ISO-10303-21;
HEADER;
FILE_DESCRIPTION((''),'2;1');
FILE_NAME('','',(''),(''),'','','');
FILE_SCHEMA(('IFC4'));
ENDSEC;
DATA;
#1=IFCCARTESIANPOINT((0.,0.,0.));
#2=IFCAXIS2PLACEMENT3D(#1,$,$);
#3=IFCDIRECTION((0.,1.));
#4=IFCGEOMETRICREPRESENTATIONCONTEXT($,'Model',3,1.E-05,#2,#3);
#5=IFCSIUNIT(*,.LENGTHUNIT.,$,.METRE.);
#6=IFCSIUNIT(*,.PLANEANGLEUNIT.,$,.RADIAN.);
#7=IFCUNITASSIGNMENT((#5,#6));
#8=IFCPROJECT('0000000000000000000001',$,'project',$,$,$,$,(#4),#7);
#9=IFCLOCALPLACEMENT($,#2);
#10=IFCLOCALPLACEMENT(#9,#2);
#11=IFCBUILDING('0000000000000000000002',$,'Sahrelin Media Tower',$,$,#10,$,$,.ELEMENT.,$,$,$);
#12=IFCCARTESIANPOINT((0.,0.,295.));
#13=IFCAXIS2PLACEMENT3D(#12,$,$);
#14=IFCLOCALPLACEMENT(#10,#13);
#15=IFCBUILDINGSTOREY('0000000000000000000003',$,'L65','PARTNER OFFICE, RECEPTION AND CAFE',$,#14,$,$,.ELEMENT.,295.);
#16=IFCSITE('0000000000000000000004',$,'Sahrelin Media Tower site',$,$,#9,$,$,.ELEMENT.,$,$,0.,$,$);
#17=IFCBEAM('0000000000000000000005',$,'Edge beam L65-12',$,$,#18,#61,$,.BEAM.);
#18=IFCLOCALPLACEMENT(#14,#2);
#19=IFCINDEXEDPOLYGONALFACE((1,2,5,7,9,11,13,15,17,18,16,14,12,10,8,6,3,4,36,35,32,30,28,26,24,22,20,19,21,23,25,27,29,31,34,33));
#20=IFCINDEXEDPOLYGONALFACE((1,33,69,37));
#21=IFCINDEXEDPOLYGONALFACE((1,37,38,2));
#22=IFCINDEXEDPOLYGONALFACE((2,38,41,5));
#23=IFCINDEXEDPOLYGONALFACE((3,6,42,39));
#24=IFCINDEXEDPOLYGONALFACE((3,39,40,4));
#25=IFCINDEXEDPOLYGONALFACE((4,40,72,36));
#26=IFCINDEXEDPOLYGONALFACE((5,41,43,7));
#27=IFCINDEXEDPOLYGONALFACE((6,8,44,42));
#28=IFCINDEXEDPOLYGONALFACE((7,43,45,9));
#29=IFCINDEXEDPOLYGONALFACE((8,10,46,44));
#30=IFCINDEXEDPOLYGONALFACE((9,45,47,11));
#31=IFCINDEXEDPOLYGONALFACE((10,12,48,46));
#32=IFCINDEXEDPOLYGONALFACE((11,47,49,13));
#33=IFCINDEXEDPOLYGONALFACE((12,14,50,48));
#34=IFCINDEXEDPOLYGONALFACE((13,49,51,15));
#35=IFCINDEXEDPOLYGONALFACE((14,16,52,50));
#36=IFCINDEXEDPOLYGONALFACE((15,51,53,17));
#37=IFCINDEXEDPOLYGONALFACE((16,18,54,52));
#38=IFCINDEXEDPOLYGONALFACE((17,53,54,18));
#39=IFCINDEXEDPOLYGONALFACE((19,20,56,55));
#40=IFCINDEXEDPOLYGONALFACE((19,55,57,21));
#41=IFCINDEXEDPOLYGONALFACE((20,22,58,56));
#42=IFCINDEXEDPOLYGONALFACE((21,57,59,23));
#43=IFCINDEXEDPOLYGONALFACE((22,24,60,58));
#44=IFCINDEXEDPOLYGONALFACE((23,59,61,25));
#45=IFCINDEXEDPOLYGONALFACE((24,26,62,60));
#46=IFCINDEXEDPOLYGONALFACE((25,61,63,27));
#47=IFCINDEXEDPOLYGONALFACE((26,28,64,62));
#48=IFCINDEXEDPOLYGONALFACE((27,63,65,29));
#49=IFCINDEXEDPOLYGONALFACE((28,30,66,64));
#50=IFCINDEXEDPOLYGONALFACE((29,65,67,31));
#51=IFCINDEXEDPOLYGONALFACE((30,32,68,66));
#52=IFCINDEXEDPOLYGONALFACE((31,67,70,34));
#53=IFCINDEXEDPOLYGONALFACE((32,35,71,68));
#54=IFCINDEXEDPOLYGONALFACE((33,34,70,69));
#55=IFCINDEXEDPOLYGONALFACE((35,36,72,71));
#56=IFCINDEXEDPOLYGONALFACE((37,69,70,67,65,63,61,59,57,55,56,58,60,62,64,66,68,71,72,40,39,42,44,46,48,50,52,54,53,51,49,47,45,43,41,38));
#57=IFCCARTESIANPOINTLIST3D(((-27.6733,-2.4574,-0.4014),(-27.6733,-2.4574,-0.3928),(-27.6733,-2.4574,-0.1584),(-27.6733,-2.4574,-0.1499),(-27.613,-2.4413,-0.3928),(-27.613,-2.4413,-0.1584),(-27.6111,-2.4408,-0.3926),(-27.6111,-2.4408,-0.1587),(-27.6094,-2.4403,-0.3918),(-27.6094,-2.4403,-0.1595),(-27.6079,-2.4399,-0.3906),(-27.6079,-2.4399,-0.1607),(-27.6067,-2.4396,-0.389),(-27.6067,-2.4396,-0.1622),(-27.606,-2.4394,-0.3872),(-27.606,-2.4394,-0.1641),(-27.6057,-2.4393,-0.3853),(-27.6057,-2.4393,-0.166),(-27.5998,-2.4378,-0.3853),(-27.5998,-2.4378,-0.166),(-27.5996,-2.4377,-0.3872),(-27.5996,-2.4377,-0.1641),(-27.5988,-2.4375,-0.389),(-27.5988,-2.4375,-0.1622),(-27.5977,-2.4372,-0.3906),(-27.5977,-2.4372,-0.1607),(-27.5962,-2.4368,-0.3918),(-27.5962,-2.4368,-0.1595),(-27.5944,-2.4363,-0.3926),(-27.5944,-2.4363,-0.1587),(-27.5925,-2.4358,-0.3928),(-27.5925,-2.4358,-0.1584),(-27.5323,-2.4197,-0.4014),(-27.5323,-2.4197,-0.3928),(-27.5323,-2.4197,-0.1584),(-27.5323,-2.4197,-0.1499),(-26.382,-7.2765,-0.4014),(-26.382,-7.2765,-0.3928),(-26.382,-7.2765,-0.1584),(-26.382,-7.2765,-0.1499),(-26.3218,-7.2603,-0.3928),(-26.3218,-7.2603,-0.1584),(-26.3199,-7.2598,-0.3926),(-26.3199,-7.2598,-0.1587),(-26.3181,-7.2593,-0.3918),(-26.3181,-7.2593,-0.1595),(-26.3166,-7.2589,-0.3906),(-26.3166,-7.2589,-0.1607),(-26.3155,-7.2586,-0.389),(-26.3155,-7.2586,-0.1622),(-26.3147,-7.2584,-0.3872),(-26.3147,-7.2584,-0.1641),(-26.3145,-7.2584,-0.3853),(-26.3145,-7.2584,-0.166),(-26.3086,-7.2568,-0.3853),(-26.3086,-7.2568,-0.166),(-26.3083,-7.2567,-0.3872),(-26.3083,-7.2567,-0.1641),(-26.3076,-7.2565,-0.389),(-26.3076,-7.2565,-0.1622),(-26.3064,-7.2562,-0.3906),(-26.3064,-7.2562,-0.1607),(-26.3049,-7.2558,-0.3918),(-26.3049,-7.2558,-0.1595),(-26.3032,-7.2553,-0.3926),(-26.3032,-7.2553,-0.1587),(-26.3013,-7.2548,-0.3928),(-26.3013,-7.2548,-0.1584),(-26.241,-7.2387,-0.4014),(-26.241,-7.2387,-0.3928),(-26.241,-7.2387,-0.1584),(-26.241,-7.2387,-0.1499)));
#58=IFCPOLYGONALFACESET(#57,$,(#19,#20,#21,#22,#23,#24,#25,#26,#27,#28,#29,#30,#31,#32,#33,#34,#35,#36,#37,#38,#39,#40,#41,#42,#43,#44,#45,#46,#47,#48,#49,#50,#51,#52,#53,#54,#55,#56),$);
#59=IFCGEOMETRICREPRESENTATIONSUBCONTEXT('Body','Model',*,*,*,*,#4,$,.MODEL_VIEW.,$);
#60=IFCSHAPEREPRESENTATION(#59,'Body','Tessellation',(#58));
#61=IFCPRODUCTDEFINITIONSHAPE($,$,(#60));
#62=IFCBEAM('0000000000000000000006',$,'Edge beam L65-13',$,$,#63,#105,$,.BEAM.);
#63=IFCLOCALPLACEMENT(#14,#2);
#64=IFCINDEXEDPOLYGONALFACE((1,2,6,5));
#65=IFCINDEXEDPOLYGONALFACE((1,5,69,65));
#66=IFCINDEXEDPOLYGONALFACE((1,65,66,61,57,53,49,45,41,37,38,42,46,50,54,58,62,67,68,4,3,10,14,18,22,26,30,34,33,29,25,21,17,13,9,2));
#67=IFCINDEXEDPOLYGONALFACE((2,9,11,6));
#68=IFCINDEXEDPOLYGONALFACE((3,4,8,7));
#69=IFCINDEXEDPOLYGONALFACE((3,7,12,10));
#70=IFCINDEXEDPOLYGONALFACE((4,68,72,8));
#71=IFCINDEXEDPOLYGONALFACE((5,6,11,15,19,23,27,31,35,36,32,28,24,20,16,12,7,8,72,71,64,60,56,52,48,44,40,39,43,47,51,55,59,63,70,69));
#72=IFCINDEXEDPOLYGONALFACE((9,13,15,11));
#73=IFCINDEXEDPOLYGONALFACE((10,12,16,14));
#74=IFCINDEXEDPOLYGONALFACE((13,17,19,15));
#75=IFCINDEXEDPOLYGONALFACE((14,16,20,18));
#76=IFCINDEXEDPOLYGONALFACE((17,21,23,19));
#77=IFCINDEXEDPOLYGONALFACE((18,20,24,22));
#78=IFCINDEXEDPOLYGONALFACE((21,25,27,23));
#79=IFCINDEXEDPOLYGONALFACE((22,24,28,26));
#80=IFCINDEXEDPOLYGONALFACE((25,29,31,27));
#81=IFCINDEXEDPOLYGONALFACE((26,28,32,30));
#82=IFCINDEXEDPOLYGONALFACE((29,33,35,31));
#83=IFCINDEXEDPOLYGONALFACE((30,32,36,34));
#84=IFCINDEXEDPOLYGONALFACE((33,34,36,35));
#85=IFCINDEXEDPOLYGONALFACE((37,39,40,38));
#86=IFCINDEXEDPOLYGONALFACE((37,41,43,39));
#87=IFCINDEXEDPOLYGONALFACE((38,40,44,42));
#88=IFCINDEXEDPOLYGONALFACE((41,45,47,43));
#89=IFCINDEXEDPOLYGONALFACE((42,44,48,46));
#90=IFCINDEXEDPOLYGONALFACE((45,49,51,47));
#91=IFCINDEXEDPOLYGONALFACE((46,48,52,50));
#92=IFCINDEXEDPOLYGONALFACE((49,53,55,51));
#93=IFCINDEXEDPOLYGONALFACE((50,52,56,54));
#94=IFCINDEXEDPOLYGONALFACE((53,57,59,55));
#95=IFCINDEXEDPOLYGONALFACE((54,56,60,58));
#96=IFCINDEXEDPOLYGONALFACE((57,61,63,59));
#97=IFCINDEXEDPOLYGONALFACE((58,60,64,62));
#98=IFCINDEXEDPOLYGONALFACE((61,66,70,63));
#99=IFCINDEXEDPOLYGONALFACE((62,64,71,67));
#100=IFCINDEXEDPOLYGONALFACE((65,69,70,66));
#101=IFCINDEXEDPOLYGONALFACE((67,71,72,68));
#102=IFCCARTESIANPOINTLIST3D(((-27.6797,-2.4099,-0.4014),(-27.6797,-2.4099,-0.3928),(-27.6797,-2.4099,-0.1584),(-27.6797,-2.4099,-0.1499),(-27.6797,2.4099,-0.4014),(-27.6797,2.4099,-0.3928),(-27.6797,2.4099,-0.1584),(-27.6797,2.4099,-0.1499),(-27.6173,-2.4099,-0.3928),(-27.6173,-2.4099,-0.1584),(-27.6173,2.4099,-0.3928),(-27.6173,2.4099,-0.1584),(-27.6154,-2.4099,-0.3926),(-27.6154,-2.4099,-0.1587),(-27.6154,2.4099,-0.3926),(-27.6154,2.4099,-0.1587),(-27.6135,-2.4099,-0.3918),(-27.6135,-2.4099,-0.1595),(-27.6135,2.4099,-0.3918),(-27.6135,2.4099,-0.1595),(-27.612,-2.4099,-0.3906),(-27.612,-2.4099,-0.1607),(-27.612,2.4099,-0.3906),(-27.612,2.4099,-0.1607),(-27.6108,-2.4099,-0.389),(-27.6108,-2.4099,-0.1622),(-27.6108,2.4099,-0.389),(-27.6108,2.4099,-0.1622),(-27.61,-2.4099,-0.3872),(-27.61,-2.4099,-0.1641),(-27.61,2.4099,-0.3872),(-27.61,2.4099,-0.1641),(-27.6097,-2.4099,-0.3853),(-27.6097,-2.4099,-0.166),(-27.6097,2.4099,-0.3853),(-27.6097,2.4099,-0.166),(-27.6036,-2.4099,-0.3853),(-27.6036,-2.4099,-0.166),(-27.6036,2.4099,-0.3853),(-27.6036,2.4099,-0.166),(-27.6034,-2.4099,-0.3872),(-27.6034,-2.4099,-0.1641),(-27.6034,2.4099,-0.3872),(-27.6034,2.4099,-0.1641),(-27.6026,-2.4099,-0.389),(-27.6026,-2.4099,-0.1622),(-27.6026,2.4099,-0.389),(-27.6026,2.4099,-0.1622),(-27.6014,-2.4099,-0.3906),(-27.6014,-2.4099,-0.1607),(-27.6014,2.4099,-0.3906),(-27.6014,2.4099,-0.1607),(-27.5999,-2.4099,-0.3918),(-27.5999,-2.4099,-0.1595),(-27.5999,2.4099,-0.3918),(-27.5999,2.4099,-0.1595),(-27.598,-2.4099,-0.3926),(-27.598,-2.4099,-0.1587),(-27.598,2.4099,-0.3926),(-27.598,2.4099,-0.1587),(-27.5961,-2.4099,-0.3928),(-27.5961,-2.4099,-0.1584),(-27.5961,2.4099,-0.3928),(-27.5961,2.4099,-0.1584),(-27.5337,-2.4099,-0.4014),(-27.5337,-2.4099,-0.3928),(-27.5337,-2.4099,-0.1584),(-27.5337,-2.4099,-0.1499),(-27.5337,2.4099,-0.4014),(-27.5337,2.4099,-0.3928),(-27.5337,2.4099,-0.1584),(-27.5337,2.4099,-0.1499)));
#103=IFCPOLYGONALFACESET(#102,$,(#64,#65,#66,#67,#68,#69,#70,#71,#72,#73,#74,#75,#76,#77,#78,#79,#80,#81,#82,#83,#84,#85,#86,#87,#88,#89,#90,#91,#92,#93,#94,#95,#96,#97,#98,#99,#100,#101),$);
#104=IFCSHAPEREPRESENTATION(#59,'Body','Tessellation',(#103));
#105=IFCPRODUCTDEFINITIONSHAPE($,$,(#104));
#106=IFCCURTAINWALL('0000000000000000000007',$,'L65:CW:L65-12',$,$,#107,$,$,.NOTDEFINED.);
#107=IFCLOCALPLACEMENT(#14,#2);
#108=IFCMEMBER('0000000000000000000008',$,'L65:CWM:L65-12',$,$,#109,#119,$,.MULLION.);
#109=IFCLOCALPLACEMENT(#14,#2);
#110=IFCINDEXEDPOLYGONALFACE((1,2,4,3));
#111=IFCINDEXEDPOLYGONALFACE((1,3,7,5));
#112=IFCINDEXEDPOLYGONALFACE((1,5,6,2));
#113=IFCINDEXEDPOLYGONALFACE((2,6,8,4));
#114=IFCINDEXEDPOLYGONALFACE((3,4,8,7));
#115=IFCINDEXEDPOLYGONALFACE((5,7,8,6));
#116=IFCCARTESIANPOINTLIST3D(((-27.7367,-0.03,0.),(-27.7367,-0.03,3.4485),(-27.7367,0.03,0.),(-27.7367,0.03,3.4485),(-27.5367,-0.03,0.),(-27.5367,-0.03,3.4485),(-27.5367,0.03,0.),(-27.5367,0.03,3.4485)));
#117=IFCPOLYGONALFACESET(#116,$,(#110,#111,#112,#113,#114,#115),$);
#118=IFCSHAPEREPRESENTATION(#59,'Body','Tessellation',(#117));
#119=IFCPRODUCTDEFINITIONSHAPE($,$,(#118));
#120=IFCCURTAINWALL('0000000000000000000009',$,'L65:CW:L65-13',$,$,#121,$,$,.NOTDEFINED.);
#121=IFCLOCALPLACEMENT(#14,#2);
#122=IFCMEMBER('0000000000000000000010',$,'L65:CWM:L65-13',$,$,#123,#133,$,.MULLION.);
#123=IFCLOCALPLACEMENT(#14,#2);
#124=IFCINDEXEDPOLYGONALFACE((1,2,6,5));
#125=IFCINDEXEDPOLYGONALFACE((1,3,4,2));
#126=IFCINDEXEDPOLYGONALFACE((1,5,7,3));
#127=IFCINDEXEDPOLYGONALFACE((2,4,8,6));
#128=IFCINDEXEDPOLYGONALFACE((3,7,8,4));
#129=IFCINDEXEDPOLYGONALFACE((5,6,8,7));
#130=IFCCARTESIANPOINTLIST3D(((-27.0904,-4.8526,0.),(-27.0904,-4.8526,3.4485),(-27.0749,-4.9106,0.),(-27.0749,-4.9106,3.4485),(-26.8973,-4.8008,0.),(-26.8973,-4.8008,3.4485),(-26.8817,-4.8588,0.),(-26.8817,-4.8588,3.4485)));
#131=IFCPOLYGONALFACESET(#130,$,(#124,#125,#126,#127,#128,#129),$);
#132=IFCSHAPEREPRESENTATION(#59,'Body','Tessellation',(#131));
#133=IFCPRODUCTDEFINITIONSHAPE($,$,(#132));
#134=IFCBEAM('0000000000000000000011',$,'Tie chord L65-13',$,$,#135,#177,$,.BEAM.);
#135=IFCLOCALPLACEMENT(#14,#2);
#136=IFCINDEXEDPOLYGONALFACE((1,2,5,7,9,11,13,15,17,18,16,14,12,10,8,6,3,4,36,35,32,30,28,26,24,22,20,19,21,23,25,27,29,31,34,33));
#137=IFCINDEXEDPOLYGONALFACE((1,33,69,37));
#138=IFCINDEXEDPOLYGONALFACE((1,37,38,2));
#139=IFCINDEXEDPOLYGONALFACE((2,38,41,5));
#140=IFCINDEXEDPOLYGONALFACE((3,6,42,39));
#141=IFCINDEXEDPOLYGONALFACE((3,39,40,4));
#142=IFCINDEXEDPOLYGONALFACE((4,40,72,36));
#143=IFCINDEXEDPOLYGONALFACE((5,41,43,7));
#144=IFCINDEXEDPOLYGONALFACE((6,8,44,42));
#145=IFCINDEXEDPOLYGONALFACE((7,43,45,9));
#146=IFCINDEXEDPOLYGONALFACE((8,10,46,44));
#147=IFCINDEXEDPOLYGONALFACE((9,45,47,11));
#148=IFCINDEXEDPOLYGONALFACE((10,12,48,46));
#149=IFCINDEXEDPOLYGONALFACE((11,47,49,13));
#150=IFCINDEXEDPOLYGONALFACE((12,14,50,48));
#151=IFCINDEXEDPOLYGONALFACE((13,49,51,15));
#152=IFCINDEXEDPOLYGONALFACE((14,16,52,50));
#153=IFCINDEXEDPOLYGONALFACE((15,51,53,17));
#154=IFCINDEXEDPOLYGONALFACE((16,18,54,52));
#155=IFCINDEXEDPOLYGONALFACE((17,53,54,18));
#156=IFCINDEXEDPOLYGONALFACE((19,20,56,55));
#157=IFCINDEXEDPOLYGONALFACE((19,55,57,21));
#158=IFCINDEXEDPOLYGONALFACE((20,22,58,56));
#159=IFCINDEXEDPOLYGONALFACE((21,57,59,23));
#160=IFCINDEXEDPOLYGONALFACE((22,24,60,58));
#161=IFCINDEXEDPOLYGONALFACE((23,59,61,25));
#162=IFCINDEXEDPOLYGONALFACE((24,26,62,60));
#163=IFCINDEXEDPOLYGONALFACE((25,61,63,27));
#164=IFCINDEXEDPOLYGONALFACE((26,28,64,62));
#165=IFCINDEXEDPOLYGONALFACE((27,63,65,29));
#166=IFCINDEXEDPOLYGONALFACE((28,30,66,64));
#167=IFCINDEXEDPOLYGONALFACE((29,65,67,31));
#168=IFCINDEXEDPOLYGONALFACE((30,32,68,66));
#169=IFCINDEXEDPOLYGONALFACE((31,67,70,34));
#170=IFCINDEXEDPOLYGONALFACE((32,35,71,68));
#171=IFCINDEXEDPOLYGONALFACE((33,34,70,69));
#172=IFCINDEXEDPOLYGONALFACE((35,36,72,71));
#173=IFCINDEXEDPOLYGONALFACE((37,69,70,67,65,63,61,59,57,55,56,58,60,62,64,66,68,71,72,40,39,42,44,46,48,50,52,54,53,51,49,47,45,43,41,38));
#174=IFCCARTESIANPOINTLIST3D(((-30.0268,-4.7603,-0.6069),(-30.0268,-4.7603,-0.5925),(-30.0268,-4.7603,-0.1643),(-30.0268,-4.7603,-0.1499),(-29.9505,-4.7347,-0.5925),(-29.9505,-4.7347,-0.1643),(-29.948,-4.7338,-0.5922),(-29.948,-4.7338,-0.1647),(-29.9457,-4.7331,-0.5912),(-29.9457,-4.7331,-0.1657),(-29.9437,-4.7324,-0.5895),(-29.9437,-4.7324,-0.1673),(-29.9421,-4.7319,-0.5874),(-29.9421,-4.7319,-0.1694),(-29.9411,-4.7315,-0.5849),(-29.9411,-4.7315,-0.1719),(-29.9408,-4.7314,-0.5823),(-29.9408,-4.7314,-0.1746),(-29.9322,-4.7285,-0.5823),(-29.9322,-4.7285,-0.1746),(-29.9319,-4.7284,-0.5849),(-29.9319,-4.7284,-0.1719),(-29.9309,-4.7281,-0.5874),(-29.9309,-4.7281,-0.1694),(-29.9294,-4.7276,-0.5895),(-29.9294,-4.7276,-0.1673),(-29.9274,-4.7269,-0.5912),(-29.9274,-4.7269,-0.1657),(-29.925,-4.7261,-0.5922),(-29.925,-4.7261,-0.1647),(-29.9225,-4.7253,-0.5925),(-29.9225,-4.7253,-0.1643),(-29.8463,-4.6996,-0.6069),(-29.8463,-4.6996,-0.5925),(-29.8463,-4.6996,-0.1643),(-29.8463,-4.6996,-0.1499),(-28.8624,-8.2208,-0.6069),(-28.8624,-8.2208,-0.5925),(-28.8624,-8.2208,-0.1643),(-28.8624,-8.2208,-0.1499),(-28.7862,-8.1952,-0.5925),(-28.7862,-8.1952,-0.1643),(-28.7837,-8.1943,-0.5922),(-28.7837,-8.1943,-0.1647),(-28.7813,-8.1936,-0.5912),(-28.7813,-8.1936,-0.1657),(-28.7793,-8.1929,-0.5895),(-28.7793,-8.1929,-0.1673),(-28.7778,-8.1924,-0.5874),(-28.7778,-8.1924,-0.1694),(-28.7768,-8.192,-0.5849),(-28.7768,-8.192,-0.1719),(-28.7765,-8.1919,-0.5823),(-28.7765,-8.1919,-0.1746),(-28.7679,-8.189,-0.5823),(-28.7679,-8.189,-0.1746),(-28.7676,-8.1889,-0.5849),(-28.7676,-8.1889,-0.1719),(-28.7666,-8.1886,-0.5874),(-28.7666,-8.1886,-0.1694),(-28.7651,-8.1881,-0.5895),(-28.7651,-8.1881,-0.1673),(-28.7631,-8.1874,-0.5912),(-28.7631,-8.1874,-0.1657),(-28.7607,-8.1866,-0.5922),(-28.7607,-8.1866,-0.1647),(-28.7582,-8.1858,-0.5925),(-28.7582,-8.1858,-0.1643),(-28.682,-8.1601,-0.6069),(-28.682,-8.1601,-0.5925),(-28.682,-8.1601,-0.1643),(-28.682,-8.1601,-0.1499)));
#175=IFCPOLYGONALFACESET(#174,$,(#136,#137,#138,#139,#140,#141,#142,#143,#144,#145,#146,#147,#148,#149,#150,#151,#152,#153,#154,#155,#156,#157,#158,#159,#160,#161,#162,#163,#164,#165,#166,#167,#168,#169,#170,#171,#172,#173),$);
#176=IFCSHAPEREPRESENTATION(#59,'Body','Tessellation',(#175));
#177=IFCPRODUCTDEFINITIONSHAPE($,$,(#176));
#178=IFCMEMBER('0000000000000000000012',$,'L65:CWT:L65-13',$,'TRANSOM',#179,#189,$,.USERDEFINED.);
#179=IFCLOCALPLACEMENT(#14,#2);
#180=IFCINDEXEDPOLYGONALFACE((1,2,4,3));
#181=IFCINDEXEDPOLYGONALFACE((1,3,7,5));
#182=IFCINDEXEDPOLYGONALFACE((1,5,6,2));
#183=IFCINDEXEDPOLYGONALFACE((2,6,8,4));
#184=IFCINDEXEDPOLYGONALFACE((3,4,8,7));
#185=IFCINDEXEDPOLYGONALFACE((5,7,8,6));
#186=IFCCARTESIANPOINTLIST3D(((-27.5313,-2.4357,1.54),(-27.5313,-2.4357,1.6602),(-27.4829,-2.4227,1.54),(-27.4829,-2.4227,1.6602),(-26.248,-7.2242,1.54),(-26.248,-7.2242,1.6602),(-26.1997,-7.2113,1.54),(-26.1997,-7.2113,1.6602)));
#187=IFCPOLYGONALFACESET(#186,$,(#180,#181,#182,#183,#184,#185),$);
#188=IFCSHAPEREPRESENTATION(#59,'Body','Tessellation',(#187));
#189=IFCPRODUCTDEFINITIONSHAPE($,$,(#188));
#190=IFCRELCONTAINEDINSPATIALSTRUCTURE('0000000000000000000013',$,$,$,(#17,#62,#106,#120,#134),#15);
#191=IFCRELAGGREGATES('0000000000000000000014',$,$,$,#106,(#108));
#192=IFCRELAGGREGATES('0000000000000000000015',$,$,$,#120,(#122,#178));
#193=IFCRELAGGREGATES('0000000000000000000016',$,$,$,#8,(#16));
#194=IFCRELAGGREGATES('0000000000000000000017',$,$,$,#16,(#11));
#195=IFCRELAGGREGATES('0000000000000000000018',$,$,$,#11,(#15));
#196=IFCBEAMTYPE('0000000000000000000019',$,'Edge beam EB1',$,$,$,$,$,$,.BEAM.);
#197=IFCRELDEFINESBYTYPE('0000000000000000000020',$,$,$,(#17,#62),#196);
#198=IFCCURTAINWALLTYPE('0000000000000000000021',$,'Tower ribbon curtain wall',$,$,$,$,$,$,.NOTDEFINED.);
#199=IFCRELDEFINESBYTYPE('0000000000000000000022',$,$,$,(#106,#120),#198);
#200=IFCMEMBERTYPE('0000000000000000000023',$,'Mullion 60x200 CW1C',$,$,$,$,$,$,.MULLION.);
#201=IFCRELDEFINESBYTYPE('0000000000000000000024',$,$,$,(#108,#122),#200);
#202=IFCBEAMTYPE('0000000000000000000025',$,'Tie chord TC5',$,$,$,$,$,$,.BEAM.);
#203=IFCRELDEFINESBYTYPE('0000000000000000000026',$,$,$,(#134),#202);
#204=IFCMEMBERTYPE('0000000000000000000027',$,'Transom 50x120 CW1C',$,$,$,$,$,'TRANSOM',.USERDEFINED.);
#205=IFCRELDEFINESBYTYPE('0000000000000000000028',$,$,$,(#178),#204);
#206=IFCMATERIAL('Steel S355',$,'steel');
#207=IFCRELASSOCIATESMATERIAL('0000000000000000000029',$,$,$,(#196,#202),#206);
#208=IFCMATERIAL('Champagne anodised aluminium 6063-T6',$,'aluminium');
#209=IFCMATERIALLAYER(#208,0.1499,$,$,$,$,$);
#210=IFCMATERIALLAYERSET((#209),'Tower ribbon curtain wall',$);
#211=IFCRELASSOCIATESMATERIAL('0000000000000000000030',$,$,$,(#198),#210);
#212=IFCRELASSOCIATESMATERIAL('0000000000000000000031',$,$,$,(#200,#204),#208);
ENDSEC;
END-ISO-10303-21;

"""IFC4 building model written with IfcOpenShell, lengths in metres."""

from ifc_helpers import new_model, si_unit, direction, frame, origin, origin_2d, place, context, subcontext, project, spatial, rectangle, i_section, extrude, material, layer, layer_set, material_profile, profile_set, type_object, element, aggregate, save


model = new_model("IFC4")

# Units and contexts
model_context = context("Model", 3, precision=1e-05, world=origin(), true_north=direction((0.0, 1.0)))
body_context = subcontext(model_context, "Body", "Model", "MODEL_VIEW")
ifc_project = project(units=[si_unit("LENGTHUNIT", "METRE"), si_unit("PLANEANGLEUNIT", "RADIAN")], contexts=[model_context])

# Site, building, storey
site_placement = place(None, origin())
site = spatial("IfcSite", under=ifc_project, at=site_placement, Name="Sahrelin Media Tower site", CompositionType="ELEMENT", RefElevation=0.0)
building_placement = place(site_placement, origin())
building = spatial("IfcBuilding", under=site, at=building_placement, Name="Sahrelin Media Tower", CompositionType="ELEMENT")
storey_placement = place(building_placement, frame((0.0, 0.0, 295.0)))
storey = spatial("IfcBuildingStorey", under=building, at=storey_placement, Name="L65", Description="PARTNER OFFICE, RECEPTION AND CAFE", CompositionType="ELEMENT", Elevation=295.0)

# Beams
ifc_material_1 = material(Name="Steel S355", Category="steel")
ifc_material_profile_1 = material_profile(ifc_material_1, i_section(OverallWidth=0.146, OverallDepth=0.2515, WebThickness=0.0061, FlangeThickness=0.0085, FilletRadius=0.0076, at=origin_2d()), Name="UB 254x146x31")
ifc_profile_set_1 = profile_set([ifc_material_profile_1], Name="Steel S355")
beam_type_1 = type_object("IfcBeamType", Name="Edge beam EB1", PredefinedType="BEAM", material=ifc_profile_set_1)
beam_1_placement = place(storey_placement, frame((-26.3115, -7.2576, -0.2756), z_axis=(-0.258817, 0.965926, 0.0), x_axis=(-0.965926, -0.258817, 0.0)))
element("IfcBeam", 1, at=beam_1_placement, inside=storey, type_object=beam_type_1, Name="Edge beam L65-12", PredefinedType="BEAM", context=body_context, shape_type="SweptSolid", body=[
    extrude(i_section(OverallWidth=0.146, OverallDepth=0.2515, WebThickness=0.0061, FlangeThickness=0.0085, FilletRadius=0.0076, at=origin_2d()), origin(), (0.0, 0.0, 1.0), 4.989),
])
beam_2_placement = place(storey_placement, frame((-27.6067, -2.4099, -0.2756), z_axis=(0.0, 1.0, 0.0), x_axis=(-1.0, 0.0, 0.0)))
element("IfcBeam", 2, at=beam_2_placement, inside=storey, type_object=beam_type_1, Name="Edge beam L65-13", PredefinedType="BEAM", context=body_context, shape_type="SweptSolid", body=[
    extrude(i_section(OverallWidth=0.146, OverallDepth=0.2515, WebThickness=0.0061, FlangeThickness=0.0085, FilletRadius=0.0076, at=origin_2d()), origin(), (0.0, 0.0, 1.0), 4.8198),
])

# Curtain walls, members
ifc_material_2 = material(Name="Champagne anodised aluminium 6063-T6", Category="aluminium")
ifc_layer_1 = layer(ifc_material_2, 0.1499)
ifc_layer_set_1 = layer_set([ifc_layer_1], Name="Tower ribbon curtain wall")
curtain_wall_type = type_object("IfcCurtainWallType", Name="Tower ribbon curtain wall", PredefinedType="NOTDEFINED", material=ifc_layer_set_1)
curtain_wall_1_placement = place(storey_placement, frame((-27.7566, 0.0, 0.0), z_axis=(0.0, 0.0, 1.0), x_axis=(1.0, 0.0, 0.0)))
curtain_wall_1 = element("IfcCurtainWall", 3, at=curtain_wall_1_placement, inside=storey, type_object=curtain_wall_type, Name="L65:CW:L65-12", PredefinedType="NOTDEFINED")
ifc_material_profile_2 = material_profile(ifc_material_2, rectangle(XDim=0.0601, YDim=0.2, at=origin_2d()), Name="Mullion 60x200")
ifc_profile_set_2 = profile_set([ifc_material_profile_2], Name="Champagne anodised aluminium 6063-T6")
member_type_1 = type_object("IfcMemberType", Name="Mullion 60x200 CW1C", PredefinedType="MULLION", material=ifc_profile_set_2)
member_1_placement = place(storey_placement, frame((-27.6367, 0.0, 0.0), z_axis=(0.0, 0.0, 1.0), x_axis=(0.0, -1.0, 0.0)))
member_1 = element("IfcMember", 4, at=member_1_placement, type_object=member_type_1, Name="L65:CWM:L65-12", PredefinedType="MULLION", context=body_context, shape_type="SweptSolid", body=[
    extrude(rectangle(XDim=0.0601, YDim=0.2, at=origin_2d()), origin(), (0.0, 0.0, 1.0), 3.4485),
])
aggregate(curtain_wall_1, [member_1])
curtain_wall_2_placement = place(storey_placement, frame((-27.1021, -4.8867, 0.0), z_axis=(0.0, 0.0, 1.0), x_axis=(1.0, 0.0, 0.0)))
curtain_wall_2 = element("IfcCurtainWall", 5, at=curtain_wall_2_placement, inside=storey, type_object=curtain_wall_type, Name="L65:CW:L65-13", PredefinedType="NOTDEFINED")
member_2_placement = place(storey_placement, frame((-26.9861, -4.8557, 0.0), z_axis=(0.0, 0.0, 1.0), x_axis=(0.258817, -0.965926, 0.0)))
member_2 = element("IfcMember", 6, at=member_2_placement, type_object=member_type_1, Name="L65:CWM:L65-13", PredefinedType="MULLION", context=body_context, shape_type="SweptSolid", body=[
    extrude(rectangle(XDim=0.0601, YDim=0.2, at=origin_2d()), origin(), (0.0, 0.0, 1.0), 3.4485),
])

# Beam
ifc_material_profile_3 = material_profile(ifc_material_1, i_section(OverallWidth=0.1904, OverallDepth=0.457, WebThickness=0.009, FlangeThickness=0.0144, FilletRadius=0.0103, at=origin_2d()), Name="UB 457x191x74")
ifc_profile_set_3 = profile_set([ifc_material_profile_3], Name="Steel S355")
beam_type_2 = type_object("IfcBeamType", Name="Tie chord TC5", PredefinedType="BEAM", material=ifc_profile_set_3)
beam_3_placement = place(storey_placement, frame((-29.9365, -4.73, -0.3784), z_axis=(0.318895, -0.94779, 0.0), x_axis=(0.94779, 0.318895, 0.0)))
element("IfcBeam", 7, at=beam_3_placement, inside=storey, type_object=beam_type_2, Name="Tie chord L65-13", PredefinedType="BEAM", context=body_context, shape_type="SweptSolid", body=[
    extrude(i_section(OverallWidth=0.1904, OverallDepth=0.457, WebThickness=0.009, FlangeThickness=0.0144, FilletRadius=0.0103, at=origin_2d()), origin(), (0.0, 0.0, 1.0), 3.6511),
])

# Member
ifc_material_profile_4 = material_profile(ifc_material_2, rectangle(XDim=0.05, YDim=0.1201, at=origin_2d()), Name="Transom 50x120")
ifc_profile_set_4 = profile_set([ifc_material_profile_4], Name="Champagne anodised aluminium 6063-T6")
member_type_2 = type_object("IfcMemberType", Name="Transom 50x120 CW1C", ElementType="TRANSOM", PredefinedType="USERDEFINED", material=ifc_profile_set_4)
member_3_placement = place(storey_placement, frame((-27.5071, -2.4292, 1.6001), z_axis=(0.258839, -0.96592, 0.0), x_axis=(0.96592, 0.258839, 0.0)))
member_3 = element("IfcMember", 8, at=member_3_placement, type_object=member_type_2, Name="L65:CWT:L65-13", ObjectType="TRANSOM", PredefinedType="USERDEFINED", context=body_context, shape_type="SweptSolid", body=[
    extrude(rectangle(XDim=0.05, YDim=0.1201, at=origin_2d()), origin(), (0.0, 0.0, 1.0), 4.9575),
])

aggregate(curtain_wall_2, [member_2, member_3])

save(model, "model.ifc")
